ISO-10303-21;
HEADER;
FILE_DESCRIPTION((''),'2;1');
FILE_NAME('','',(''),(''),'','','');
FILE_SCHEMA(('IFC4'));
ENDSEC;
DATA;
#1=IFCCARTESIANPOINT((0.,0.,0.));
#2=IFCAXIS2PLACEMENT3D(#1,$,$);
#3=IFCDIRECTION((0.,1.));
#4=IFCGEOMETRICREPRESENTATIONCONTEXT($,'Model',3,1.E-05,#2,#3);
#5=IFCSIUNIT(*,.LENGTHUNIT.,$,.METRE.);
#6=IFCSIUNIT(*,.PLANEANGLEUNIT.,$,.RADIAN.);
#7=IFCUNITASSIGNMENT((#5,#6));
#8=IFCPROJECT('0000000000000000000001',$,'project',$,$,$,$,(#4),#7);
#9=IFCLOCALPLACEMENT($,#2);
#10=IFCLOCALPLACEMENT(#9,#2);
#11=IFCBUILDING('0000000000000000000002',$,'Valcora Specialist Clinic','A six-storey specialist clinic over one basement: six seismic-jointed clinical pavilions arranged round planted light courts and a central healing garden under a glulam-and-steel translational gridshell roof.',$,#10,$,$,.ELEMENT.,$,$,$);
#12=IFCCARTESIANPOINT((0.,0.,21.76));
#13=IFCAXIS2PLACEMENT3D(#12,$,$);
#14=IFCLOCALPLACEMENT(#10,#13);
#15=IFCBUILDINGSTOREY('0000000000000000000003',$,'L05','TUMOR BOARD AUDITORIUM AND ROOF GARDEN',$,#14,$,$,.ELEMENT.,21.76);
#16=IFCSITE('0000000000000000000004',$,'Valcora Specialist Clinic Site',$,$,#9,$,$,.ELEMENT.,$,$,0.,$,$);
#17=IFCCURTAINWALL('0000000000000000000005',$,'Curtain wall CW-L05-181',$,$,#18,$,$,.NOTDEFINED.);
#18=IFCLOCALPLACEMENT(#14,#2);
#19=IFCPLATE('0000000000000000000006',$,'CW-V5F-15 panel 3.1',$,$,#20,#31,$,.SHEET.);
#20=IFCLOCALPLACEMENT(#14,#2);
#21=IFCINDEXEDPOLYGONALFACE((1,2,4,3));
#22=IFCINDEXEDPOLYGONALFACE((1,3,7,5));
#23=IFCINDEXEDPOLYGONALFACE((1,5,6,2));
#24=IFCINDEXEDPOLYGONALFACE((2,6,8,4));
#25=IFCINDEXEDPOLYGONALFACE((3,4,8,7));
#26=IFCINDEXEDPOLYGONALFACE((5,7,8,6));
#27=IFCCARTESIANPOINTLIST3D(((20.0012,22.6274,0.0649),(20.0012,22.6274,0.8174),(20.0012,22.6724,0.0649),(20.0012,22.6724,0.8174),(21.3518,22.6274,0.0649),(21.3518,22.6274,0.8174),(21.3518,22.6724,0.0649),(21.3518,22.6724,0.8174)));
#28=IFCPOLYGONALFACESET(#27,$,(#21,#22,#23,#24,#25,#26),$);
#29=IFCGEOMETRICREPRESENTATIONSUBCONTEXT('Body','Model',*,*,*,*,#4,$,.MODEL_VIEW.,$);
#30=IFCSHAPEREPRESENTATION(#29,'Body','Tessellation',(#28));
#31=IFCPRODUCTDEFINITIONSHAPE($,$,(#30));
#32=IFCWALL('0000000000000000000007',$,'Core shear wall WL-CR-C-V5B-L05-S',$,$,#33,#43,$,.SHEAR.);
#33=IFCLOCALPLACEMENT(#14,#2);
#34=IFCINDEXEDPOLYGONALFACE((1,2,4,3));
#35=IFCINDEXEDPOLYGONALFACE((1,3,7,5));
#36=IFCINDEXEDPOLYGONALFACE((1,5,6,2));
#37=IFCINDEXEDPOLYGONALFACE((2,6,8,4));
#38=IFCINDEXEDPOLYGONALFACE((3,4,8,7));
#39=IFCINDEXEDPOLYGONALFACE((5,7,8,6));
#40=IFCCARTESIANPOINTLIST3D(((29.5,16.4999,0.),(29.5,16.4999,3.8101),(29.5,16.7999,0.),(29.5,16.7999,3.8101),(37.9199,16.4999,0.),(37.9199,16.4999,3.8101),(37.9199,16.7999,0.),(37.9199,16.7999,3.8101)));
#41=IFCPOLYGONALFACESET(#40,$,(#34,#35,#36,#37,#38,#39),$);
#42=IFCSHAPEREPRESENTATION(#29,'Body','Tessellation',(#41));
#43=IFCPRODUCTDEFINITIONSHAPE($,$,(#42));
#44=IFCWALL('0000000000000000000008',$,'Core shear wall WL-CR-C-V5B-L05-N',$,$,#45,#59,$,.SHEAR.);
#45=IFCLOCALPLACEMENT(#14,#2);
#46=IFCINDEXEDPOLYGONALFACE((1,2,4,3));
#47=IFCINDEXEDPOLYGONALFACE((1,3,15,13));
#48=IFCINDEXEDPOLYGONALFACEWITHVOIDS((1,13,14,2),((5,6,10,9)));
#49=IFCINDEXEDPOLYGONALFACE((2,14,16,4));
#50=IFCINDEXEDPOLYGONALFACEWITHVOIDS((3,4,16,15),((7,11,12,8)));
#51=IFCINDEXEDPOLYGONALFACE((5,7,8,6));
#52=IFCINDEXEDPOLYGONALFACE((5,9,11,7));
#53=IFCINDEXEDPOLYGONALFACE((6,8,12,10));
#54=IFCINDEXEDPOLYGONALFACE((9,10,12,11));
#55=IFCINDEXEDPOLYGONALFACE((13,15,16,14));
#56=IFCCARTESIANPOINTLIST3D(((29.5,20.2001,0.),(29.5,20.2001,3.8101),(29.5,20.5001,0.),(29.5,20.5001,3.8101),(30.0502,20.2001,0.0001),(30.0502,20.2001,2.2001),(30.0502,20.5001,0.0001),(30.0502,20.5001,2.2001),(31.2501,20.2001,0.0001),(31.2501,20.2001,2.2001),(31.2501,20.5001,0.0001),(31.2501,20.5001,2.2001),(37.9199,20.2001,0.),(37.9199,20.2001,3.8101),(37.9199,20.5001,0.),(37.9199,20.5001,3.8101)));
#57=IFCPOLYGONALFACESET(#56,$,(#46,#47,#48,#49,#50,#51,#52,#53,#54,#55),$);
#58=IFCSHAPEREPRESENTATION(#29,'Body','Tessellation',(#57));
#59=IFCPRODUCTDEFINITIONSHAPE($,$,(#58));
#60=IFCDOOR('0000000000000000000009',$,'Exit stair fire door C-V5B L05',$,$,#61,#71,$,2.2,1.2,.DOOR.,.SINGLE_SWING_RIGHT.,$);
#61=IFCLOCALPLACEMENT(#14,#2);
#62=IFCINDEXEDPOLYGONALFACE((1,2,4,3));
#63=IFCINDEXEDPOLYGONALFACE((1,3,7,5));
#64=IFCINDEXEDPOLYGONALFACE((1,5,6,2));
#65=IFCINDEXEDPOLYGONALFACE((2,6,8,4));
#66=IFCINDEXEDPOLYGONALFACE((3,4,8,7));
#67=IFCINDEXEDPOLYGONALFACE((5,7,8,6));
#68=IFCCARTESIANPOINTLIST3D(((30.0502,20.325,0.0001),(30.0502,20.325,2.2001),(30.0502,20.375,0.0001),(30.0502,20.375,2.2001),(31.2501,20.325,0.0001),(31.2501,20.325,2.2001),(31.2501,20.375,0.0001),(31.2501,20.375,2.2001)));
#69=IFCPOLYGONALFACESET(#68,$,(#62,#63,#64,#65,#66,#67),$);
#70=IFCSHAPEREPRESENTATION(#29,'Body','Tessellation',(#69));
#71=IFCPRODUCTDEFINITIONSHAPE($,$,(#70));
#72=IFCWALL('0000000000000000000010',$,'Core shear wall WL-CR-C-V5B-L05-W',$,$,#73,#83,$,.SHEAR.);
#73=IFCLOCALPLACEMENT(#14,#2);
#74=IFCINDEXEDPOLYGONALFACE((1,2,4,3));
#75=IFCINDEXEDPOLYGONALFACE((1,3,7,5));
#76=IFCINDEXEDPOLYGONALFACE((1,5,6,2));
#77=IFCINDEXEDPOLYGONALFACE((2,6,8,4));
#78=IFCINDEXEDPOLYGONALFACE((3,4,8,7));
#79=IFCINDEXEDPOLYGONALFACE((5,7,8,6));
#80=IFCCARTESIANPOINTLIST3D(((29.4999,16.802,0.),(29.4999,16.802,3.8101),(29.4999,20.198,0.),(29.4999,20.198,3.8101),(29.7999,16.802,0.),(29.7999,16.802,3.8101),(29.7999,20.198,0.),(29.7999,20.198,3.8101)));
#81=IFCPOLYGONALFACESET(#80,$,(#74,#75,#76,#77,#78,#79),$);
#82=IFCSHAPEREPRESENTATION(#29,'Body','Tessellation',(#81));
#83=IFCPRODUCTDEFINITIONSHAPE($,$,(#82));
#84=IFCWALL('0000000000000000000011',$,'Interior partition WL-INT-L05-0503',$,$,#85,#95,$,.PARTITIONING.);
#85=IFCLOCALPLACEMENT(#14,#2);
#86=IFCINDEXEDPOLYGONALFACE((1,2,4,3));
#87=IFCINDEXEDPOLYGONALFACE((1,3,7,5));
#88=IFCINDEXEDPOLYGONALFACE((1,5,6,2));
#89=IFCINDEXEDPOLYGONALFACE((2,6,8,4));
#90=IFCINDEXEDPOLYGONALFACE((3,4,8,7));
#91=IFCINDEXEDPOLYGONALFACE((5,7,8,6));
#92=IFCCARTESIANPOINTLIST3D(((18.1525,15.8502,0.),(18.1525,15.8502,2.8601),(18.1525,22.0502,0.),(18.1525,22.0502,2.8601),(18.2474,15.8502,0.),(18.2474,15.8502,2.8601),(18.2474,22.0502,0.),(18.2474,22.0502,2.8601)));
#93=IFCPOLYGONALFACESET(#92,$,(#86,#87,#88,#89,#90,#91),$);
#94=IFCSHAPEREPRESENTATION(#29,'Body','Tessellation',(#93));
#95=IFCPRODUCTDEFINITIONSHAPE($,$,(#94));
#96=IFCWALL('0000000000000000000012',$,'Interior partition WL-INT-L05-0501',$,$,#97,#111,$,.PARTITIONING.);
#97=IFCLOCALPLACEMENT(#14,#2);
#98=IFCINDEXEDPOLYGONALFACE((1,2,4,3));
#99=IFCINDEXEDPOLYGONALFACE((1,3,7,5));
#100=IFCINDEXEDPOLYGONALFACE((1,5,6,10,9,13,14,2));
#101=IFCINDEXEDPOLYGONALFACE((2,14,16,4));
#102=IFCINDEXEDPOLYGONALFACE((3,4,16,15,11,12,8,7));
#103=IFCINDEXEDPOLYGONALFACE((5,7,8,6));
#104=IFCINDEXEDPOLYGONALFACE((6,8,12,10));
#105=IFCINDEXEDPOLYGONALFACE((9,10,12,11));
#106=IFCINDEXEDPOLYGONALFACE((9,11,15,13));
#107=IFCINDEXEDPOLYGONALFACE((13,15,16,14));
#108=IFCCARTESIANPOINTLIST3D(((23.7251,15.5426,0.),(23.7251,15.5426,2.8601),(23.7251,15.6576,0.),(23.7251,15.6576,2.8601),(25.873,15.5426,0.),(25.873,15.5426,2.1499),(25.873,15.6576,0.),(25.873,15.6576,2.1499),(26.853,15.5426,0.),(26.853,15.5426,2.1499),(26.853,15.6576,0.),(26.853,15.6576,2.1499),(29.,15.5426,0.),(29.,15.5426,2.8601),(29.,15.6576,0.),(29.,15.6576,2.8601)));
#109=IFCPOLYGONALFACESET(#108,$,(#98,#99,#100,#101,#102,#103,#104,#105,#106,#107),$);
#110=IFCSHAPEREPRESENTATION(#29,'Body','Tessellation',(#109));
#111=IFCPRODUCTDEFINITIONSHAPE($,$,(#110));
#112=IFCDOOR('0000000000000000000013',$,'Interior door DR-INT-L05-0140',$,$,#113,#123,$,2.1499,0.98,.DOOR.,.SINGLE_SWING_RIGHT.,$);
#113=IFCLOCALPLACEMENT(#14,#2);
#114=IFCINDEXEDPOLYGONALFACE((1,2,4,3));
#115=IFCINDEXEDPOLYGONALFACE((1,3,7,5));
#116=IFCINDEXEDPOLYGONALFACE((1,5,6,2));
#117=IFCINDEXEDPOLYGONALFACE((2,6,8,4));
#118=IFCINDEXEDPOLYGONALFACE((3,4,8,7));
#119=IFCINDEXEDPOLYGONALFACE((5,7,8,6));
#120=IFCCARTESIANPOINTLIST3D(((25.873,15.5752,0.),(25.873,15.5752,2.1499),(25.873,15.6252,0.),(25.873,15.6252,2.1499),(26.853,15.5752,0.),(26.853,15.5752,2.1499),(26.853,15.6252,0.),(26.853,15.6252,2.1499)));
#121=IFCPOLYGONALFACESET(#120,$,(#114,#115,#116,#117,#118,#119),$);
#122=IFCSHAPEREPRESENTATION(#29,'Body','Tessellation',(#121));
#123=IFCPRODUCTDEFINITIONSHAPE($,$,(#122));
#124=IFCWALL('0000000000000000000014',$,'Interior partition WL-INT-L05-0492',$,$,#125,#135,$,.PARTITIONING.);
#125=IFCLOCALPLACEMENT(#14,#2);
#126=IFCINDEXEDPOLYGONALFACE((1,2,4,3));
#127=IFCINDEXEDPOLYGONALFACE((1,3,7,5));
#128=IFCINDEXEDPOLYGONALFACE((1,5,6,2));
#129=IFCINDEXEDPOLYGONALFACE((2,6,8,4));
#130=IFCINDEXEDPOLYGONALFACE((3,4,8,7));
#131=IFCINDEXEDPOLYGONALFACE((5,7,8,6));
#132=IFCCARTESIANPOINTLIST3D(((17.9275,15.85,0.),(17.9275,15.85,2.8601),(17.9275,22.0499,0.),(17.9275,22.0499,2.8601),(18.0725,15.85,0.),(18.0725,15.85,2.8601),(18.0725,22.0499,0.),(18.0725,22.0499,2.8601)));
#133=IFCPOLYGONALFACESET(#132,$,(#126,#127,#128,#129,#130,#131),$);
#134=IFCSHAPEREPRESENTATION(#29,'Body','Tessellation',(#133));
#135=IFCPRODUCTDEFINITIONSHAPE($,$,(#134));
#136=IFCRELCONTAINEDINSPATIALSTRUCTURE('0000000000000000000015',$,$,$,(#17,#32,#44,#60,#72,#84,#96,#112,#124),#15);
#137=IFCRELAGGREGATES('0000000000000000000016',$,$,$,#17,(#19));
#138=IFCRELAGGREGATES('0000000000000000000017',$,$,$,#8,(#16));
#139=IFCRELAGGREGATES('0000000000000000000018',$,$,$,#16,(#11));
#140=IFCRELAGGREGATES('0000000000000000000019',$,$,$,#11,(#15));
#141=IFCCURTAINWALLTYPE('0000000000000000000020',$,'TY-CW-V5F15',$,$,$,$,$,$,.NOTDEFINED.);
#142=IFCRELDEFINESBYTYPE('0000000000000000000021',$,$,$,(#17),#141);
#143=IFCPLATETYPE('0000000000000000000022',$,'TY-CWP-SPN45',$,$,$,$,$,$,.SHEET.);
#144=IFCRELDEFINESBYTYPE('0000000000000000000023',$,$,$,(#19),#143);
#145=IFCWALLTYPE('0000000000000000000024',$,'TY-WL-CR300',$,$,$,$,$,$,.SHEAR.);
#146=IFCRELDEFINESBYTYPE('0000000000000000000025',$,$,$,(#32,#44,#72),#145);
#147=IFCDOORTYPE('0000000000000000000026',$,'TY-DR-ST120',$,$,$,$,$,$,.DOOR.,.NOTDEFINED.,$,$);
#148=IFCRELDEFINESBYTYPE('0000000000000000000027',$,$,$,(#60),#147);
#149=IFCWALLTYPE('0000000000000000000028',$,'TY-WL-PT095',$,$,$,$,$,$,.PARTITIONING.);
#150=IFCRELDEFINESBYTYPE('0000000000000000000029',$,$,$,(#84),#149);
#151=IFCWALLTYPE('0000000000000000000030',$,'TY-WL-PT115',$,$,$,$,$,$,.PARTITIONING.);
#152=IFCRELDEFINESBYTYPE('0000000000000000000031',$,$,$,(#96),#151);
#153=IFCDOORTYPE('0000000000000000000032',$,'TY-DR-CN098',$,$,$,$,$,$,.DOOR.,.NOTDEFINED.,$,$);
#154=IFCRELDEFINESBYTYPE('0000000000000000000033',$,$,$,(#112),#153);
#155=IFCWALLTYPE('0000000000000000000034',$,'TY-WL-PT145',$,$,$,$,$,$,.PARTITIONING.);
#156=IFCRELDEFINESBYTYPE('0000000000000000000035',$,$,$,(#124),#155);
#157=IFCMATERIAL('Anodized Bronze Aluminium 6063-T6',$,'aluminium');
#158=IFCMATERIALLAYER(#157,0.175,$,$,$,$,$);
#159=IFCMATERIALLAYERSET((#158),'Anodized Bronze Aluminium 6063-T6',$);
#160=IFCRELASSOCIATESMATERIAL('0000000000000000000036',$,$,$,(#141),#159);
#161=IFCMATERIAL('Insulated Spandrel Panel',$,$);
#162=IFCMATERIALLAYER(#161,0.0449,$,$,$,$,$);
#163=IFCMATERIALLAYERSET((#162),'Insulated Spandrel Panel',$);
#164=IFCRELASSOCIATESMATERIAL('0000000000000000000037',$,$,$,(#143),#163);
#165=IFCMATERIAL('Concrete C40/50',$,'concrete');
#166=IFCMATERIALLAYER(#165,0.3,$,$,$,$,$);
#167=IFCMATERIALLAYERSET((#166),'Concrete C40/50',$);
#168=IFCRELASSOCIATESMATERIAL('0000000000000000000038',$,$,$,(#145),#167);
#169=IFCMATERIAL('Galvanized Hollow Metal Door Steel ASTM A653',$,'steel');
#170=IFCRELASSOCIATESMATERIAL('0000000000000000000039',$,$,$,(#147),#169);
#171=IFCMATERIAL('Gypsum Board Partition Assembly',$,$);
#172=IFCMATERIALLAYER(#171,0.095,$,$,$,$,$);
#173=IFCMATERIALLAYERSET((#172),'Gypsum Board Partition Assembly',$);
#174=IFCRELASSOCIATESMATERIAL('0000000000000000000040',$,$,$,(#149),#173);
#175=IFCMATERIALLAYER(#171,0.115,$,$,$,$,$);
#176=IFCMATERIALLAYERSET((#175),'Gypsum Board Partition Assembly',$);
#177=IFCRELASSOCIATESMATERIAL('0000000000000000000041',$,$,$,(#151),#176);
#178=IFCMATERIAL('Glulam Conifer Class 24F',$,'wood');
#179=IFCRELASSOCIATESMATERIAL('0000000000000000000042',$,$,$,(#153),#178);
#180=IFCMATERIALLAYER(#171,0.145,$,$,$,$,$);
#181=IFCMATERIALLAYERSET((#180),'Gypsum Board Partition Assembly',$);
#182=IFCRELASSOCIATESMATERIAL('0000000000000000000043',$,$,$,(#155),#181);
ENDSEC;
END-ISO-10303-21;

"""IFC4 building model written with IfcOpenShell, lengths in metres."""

from ifc_helpers import new_model, si_unit, direction, frame, frame_2d, origin, origin_2d, place, context, subcontext, project, spatial, rectangle, extrude, material, layer, layer_set, type_object, element, fill, aggregate, save


model = new_model("IFC4")

# Units and contexts
model_context = context("Model", 3, precision=1e-05, world=origin(), true_north=direction((0.0, 1.0)))
body_context = subcontext(model_context, "Body", "Model", "MODEL_VIEW")
ifc_project = project(units=[si_unit("LENGTHUNIT", "METRE"), si_unit("PLANEANGLEUNIT", "RADIAN")], contexts=[model_context])

# Site, building, storey
site_placement = place(None, origin())
site = spatial("IfcSite", under=ifc_project, at=site_placement, Name="Valcora Specialist Clinic Site", CompositionType="ELEMENT", RefElevation=0.0)
building_placement = place(site_placement, origin())
building = spatial("IfcBuilding", under=site, at=building_placement, Name="Valcora Specialist Clinic", Description="A six-storey specialist clinic over one basement: six seismic-jointed clinical pavilions arranged round planted light courts and a central healing garden under a glulam-and-steel translational gridshell roof.", CompositionType="ELEMENT")
storey_placement = place(building_placement, frame((0.0, 0.0, 21.76)))
storey = spatial("IfcBuildingStorey", under=building, at=storey_placement, Name="L05", Description="TUMOR BOARD AUDITORIUM AND ROOF GARDEN", CompositionType="ELEMENT", Elevation=21.76)

# Shared definitions
ifc_material_1 = material(Name="Concrete C40/50", Category="concrete")

# Curtain wall, plate
ifc_material_2 = material(Name="Anodized Bronze Aluminium 6063-T6", Category="aluminium")
ifc_layer_1 = layer(ifc_material_2, 0.175)
ifc_layer_set_1 = layer_set([ifc_layer_1], Name="Anodized Bronze Aluminium 6063-T6")
curtain_wall_type = type_object("IfcCurtainWallType", Name="TY-CW-V5F15", PredefinedType="NOTDEFINED", material=ifc_layer_set_1)
curtain_wall_placement = place(storey_placement, origin())
curtain_wall = element("IfcCurtainWall", 1, at=curtain_wall_placement, inside=storey, type_object=curtain_wall_type, Name="Curtain wall CW-L05-181", PredefinedType="NOTDEFINED")
ifc_material_3 = material(Name="Insulated Spandrel Panel")
ifc_layer_2 = layer(ifc_material_3, 0.0449)
ifc_layer_set_2 = layer_set([ifc_layer_2], Name="Insulated Spandrel Panel")
plate_type_1 = type_object("IfcPlateType", Name="TY-CWP-SPN45", PredefinedType="SHEET", material=ifc_layer_set_2)
plate_1_placement = place(storey_placement, frame((20.6765, 22.6499, 0.0649), z_axis=(0.0, 0.0, 1.0), x_axis=(1.0, 0.0, 0.0)))
plate_1 = element("IfcPlate", 2, at=plate_1_placement, type_object=plate_type_1, Name="CW-V5F-15 panel 3.1", PredefinedType="SHEET", context=body_context, shape_type="SweptSolid", body=[
    extrude(rectangle(XDim=1.3506, YDim=0.0449, at=origin_2d()), origin(), (0.0, 0.0, 1.0), 0.7524),
])
aggregate(curtain_wall, [plate_1])

# Wall
ifc_layer_3 = layer(ifc_material_1, 0.3)
ifc_layer_set_3 = layer_set([ifc_layer_3], Name="Concrete C40/50")
wall_type_1 = type_object("IfcWallType", Name="TY-WL-CR300", PredefinedType="SHEAR", material=ifc_layer_set_3)
wall_1_placement = place(storey_placement, frame((29.5, 16.6499, 0.0), z_axis=(0.0, 0.0, 1.0), x_axis=(1.0, 0.0, 0.0)))
element("IfcWall", 3, at=wall_1_placement, inside=storey, type_object=wall_type_1, Name="Core shear wall WL-CR-C-V5B-L05-S", PredefinedType="SHEAR", context=body_context, shape_type="SweptSolid", body=[
    extrude(rectangle(XDim=8.4199, YDim=0.3, at=frame_2d((4.21, 0.0))), origin(), (0.0, 0.0, 1.0), 3.8101),
])

# Wall, opening, door
wall_2_placement = place(storey_placement, frame((29.5, 20.3501, 0.0), z_axis=(0.0, 0.0, 1.0), x_axis=(1.0, 0.0, 0.0)))
wall_2 = element("IfcWall", 4, at=wall_2_placement, inside=storey, type_object=wall_type_1, Name="Core shear wall WL-CR-C-V5B-L05-N", PredefinedType="SHEAR", context=body_context, shape_type="SweptSolid", body=[
    extrude(rectangle(XDim=8.4199, YDim=0.3, at=frame_2d((4.21, 0.0))), origin(), (0.0, 0.0, 1.0), 3.8101),
])
opening_1_placement = place(wall_2_placement, frame((0.55, 0.0, 0.0)))
opening_1 = element("IfcOpeningElement", 5, at=opening_1_placement, cuts=wall_2, PredefinedType="OPENING", context=body_context, shape_type="SweptSolid", body=[
    extrude(rectangle(XDim=1.2, YDim=2.2, at=frame_2d((0.6001, 1.1001))), frame((0.0, 0.1599, 0.0), z_axis=(0.0, -1.0, 0.0), x_axis=(1.0, 0.0, 0.0)), (0.0, 0.0, 1.0), 0.3201),
])
ifc_material_4 = material(Name="Galvanized Hollow Metal Door Steel ASTM A653", Category="steel")
door_type_1 = type_object("IfcDoorType", Name="TY-DR-ST120", OperationType="NOTDEFINED", PredefinedType="DOOR", material=ifc_material_4)
door_1_placement = place(opening_1_placement, origin())
door_1 = element("IfcDoor", 6, at=door_1_placement, inside=storey, type_object=door_type_1, Name="Exit stair fire door C-V5B L05", OperationType="SINGLE_SWING_RIGHT", OverallHeight=2.2, OverallWidth=1.2, PredefinedType="DOOR", context=body_context, shape_type="SweptSolid", body=[
    extrude(rectangle(XDim=1.2, YDim=2.2, at=frame_2d((0.6001, 1.1001))), frame((0.0, 0.0249, 0.0), z_axis=(0.0, -1.0, 0.0), x_axis=(1.0, 0.0, 0.0)), (0.0, 0.0, 1.0), 0.05),
])
fill(opening_1, door_1)

# Walls
wall_3_placement = place(storey_placement, frame((29.6499, 16.802, 0.0), z_axis=(0.0, 0.0, 1.0), x_axis=(0.0, 1.0, 0.0)))
element("IfcWall", 7, at=wall_3_placement, inside=storey, type_object=wall_type_1, Name="Core shear wall WL-CR-C-V5B-L05-W", PredefinedType="SHEAR", context=body_context, shape_type="SweptSolid", body=[
    extrude(rectangle(XDim=3.396, YDim=0.3, at=frame_2d((1.698, 0.0))), origin(), (0.0, 0.0, 1.0), 3.8101),
])
ifc_material_5 = material(Name="Gypsum Board Partition Assembly")
ifc_layer_4 = layer(ifc_material_5, 0.095)
ifc_layer_set_4 = layer_set([ifc_layer_4], Name="Gypsum Board Partition Assembly")
wall_type_2 = type_object("IfcWallType", Name="TY-WL-PT095", PredefinedType="PARTITIONING", material=ifc_layer_set_4)
wall_4_placement = place(storey_placement, frame((18.2, 15.8501, 0.0), z_axis=(0.0, 0.0, 1.0), x_axis=(0.0, 1.0, 0.0)))
element("IfcWall", 8, at=wall_4_placement, inside=storey, type_object=wall_type_2, Name="Interior partition WL-INT-L05-0503", PredefinedType="PARTITIONING", context=body_context, shape_type="SweptSolid", body=[
    extrude(rectangle(XDim=6.2, YDim=0.095, at=frame_2d((3.1001, 0.0))), origin(), (0.0, 0.0, 1.0), 2.8601),
])

# Wall, opening, door
ifc_layer_5 = layer(ifc_material_5, 0.115)
ifc_layer_set_5 = layer_set([ifc_layer_5], Name="Gypsum Board Partition Assembly")
wall_type_3 = type_object("IfcWallType", Name="TY-WL-PT115", PredefinedType="PARTITIONING", material=ifc_layer_set_5)
wall_5_placement = place(storey_placement, frame((29.0, 15.6001, 0.0), z_axis=(0.0, 0.0, 1.0), x_axis=(-1.0, 0.0, 0.0)))
wall_5 = element("IfcWall", 9, at=wall_5_placement, inside=storey, type_object=wall_type_3, Name="Interior partition WL-INT-L05-0501", PredefinedType="PARTITIONING", context=body_context, shape_type="SweptSolid", body=[
    extrude(rectangle(XDim=5.2749, YDim=0.115, at=frame_2d((2.6375, 0.0))), origin(), (0.0, 0.0, 1.0), 2.8601),
])
opening_2_placement = place(wall_5_placement, frame((2.147, 0.0, 0.0)))
opening_2 = element("IfcOpeningElement", 10, at=opening_2_placement, cuts=wall_5, PredefinedType="OPENING", context=body_context, shape_type="SweptSolid", body=[
    extrude(rectangle(XDim=0.98, YDim=2.1499, at=frame_2d((0.49, 1.075))), frame((0.0, 0.0674, 0.0), z_axis=(0.0, -1.0, 0.0), x_axis=(1.0, 0.0, 0.0)), (0.0, 0.0, 1.0), 0.135),
])
ifc_material_6 = material(Name="Glulam Conifer Class 24F", Category="wood")
door_type_2 = type_object("IfcDoorType", Name="TY-DR-CN098", OperationType="NOTDEFINED", PredefinedType="DOOR", material=ifc_material_6)
door_2_placement = place(opening_2_placement, origin())
door_2 = element("IfcDoor", 11, at=door_2_placement, inside=storey, type_object=door_type_2, Name="Interior door DR-INT-L05-0140", OperationType="SINGLE_SWING_RIGHT", OverallHeight=2.1499, OverallWidth=0.98, PredefinedType="DOOR", context=body_context, shape_type="SweptSolid", body=[
    extrude(rectangle(XDim=0.98, YDim=2.1499, at=frame_2d((0.49, 1.075))), frame((0.0, 0.0249, 0.0), z_axis=(0.0, -1.0, 0.0), x_axis=(1.0, 0.0, 0.0)), (0.0, 0.0, 1.0), 0.05),
])
fill(opening_2, door_2)

# Wall
ifc_layer_6 = layer(ifc_material_5, 0.145)
ifc_layer_set_6 = layer_set([ifc_layer_6], Name="Gypsum Board Partition Assembly")
wall_type_4 = type_object("IfcWallType", Name="TY-WL-PT145", PredefinedType="PARTITIONING", material=ifc_layer_set_6)
wall_6_placement = place(storey_placement, frame((18.0, 22.05, 0.0), z_axis=(0.0, 0.0, 1.0), x_axis=(0.0, -1.0, 0.0)))
element("IfcWall", 12, at=wall_6_placement, inside=storey, type_object=wall_type_4, Name="Interior partition WL-INT-L05-0492", PredefinedType="PARTITIONING", context=body_context, shape_type="SweptSolid", body=[
    extrude(rectangle(XDim=6.2, YDim=0.145, at=frame_2d((3.1001, 0.0))), origin(), (0.0, 0.0, 1.0), 2.8601),
])

save(model, "model.ifc")
